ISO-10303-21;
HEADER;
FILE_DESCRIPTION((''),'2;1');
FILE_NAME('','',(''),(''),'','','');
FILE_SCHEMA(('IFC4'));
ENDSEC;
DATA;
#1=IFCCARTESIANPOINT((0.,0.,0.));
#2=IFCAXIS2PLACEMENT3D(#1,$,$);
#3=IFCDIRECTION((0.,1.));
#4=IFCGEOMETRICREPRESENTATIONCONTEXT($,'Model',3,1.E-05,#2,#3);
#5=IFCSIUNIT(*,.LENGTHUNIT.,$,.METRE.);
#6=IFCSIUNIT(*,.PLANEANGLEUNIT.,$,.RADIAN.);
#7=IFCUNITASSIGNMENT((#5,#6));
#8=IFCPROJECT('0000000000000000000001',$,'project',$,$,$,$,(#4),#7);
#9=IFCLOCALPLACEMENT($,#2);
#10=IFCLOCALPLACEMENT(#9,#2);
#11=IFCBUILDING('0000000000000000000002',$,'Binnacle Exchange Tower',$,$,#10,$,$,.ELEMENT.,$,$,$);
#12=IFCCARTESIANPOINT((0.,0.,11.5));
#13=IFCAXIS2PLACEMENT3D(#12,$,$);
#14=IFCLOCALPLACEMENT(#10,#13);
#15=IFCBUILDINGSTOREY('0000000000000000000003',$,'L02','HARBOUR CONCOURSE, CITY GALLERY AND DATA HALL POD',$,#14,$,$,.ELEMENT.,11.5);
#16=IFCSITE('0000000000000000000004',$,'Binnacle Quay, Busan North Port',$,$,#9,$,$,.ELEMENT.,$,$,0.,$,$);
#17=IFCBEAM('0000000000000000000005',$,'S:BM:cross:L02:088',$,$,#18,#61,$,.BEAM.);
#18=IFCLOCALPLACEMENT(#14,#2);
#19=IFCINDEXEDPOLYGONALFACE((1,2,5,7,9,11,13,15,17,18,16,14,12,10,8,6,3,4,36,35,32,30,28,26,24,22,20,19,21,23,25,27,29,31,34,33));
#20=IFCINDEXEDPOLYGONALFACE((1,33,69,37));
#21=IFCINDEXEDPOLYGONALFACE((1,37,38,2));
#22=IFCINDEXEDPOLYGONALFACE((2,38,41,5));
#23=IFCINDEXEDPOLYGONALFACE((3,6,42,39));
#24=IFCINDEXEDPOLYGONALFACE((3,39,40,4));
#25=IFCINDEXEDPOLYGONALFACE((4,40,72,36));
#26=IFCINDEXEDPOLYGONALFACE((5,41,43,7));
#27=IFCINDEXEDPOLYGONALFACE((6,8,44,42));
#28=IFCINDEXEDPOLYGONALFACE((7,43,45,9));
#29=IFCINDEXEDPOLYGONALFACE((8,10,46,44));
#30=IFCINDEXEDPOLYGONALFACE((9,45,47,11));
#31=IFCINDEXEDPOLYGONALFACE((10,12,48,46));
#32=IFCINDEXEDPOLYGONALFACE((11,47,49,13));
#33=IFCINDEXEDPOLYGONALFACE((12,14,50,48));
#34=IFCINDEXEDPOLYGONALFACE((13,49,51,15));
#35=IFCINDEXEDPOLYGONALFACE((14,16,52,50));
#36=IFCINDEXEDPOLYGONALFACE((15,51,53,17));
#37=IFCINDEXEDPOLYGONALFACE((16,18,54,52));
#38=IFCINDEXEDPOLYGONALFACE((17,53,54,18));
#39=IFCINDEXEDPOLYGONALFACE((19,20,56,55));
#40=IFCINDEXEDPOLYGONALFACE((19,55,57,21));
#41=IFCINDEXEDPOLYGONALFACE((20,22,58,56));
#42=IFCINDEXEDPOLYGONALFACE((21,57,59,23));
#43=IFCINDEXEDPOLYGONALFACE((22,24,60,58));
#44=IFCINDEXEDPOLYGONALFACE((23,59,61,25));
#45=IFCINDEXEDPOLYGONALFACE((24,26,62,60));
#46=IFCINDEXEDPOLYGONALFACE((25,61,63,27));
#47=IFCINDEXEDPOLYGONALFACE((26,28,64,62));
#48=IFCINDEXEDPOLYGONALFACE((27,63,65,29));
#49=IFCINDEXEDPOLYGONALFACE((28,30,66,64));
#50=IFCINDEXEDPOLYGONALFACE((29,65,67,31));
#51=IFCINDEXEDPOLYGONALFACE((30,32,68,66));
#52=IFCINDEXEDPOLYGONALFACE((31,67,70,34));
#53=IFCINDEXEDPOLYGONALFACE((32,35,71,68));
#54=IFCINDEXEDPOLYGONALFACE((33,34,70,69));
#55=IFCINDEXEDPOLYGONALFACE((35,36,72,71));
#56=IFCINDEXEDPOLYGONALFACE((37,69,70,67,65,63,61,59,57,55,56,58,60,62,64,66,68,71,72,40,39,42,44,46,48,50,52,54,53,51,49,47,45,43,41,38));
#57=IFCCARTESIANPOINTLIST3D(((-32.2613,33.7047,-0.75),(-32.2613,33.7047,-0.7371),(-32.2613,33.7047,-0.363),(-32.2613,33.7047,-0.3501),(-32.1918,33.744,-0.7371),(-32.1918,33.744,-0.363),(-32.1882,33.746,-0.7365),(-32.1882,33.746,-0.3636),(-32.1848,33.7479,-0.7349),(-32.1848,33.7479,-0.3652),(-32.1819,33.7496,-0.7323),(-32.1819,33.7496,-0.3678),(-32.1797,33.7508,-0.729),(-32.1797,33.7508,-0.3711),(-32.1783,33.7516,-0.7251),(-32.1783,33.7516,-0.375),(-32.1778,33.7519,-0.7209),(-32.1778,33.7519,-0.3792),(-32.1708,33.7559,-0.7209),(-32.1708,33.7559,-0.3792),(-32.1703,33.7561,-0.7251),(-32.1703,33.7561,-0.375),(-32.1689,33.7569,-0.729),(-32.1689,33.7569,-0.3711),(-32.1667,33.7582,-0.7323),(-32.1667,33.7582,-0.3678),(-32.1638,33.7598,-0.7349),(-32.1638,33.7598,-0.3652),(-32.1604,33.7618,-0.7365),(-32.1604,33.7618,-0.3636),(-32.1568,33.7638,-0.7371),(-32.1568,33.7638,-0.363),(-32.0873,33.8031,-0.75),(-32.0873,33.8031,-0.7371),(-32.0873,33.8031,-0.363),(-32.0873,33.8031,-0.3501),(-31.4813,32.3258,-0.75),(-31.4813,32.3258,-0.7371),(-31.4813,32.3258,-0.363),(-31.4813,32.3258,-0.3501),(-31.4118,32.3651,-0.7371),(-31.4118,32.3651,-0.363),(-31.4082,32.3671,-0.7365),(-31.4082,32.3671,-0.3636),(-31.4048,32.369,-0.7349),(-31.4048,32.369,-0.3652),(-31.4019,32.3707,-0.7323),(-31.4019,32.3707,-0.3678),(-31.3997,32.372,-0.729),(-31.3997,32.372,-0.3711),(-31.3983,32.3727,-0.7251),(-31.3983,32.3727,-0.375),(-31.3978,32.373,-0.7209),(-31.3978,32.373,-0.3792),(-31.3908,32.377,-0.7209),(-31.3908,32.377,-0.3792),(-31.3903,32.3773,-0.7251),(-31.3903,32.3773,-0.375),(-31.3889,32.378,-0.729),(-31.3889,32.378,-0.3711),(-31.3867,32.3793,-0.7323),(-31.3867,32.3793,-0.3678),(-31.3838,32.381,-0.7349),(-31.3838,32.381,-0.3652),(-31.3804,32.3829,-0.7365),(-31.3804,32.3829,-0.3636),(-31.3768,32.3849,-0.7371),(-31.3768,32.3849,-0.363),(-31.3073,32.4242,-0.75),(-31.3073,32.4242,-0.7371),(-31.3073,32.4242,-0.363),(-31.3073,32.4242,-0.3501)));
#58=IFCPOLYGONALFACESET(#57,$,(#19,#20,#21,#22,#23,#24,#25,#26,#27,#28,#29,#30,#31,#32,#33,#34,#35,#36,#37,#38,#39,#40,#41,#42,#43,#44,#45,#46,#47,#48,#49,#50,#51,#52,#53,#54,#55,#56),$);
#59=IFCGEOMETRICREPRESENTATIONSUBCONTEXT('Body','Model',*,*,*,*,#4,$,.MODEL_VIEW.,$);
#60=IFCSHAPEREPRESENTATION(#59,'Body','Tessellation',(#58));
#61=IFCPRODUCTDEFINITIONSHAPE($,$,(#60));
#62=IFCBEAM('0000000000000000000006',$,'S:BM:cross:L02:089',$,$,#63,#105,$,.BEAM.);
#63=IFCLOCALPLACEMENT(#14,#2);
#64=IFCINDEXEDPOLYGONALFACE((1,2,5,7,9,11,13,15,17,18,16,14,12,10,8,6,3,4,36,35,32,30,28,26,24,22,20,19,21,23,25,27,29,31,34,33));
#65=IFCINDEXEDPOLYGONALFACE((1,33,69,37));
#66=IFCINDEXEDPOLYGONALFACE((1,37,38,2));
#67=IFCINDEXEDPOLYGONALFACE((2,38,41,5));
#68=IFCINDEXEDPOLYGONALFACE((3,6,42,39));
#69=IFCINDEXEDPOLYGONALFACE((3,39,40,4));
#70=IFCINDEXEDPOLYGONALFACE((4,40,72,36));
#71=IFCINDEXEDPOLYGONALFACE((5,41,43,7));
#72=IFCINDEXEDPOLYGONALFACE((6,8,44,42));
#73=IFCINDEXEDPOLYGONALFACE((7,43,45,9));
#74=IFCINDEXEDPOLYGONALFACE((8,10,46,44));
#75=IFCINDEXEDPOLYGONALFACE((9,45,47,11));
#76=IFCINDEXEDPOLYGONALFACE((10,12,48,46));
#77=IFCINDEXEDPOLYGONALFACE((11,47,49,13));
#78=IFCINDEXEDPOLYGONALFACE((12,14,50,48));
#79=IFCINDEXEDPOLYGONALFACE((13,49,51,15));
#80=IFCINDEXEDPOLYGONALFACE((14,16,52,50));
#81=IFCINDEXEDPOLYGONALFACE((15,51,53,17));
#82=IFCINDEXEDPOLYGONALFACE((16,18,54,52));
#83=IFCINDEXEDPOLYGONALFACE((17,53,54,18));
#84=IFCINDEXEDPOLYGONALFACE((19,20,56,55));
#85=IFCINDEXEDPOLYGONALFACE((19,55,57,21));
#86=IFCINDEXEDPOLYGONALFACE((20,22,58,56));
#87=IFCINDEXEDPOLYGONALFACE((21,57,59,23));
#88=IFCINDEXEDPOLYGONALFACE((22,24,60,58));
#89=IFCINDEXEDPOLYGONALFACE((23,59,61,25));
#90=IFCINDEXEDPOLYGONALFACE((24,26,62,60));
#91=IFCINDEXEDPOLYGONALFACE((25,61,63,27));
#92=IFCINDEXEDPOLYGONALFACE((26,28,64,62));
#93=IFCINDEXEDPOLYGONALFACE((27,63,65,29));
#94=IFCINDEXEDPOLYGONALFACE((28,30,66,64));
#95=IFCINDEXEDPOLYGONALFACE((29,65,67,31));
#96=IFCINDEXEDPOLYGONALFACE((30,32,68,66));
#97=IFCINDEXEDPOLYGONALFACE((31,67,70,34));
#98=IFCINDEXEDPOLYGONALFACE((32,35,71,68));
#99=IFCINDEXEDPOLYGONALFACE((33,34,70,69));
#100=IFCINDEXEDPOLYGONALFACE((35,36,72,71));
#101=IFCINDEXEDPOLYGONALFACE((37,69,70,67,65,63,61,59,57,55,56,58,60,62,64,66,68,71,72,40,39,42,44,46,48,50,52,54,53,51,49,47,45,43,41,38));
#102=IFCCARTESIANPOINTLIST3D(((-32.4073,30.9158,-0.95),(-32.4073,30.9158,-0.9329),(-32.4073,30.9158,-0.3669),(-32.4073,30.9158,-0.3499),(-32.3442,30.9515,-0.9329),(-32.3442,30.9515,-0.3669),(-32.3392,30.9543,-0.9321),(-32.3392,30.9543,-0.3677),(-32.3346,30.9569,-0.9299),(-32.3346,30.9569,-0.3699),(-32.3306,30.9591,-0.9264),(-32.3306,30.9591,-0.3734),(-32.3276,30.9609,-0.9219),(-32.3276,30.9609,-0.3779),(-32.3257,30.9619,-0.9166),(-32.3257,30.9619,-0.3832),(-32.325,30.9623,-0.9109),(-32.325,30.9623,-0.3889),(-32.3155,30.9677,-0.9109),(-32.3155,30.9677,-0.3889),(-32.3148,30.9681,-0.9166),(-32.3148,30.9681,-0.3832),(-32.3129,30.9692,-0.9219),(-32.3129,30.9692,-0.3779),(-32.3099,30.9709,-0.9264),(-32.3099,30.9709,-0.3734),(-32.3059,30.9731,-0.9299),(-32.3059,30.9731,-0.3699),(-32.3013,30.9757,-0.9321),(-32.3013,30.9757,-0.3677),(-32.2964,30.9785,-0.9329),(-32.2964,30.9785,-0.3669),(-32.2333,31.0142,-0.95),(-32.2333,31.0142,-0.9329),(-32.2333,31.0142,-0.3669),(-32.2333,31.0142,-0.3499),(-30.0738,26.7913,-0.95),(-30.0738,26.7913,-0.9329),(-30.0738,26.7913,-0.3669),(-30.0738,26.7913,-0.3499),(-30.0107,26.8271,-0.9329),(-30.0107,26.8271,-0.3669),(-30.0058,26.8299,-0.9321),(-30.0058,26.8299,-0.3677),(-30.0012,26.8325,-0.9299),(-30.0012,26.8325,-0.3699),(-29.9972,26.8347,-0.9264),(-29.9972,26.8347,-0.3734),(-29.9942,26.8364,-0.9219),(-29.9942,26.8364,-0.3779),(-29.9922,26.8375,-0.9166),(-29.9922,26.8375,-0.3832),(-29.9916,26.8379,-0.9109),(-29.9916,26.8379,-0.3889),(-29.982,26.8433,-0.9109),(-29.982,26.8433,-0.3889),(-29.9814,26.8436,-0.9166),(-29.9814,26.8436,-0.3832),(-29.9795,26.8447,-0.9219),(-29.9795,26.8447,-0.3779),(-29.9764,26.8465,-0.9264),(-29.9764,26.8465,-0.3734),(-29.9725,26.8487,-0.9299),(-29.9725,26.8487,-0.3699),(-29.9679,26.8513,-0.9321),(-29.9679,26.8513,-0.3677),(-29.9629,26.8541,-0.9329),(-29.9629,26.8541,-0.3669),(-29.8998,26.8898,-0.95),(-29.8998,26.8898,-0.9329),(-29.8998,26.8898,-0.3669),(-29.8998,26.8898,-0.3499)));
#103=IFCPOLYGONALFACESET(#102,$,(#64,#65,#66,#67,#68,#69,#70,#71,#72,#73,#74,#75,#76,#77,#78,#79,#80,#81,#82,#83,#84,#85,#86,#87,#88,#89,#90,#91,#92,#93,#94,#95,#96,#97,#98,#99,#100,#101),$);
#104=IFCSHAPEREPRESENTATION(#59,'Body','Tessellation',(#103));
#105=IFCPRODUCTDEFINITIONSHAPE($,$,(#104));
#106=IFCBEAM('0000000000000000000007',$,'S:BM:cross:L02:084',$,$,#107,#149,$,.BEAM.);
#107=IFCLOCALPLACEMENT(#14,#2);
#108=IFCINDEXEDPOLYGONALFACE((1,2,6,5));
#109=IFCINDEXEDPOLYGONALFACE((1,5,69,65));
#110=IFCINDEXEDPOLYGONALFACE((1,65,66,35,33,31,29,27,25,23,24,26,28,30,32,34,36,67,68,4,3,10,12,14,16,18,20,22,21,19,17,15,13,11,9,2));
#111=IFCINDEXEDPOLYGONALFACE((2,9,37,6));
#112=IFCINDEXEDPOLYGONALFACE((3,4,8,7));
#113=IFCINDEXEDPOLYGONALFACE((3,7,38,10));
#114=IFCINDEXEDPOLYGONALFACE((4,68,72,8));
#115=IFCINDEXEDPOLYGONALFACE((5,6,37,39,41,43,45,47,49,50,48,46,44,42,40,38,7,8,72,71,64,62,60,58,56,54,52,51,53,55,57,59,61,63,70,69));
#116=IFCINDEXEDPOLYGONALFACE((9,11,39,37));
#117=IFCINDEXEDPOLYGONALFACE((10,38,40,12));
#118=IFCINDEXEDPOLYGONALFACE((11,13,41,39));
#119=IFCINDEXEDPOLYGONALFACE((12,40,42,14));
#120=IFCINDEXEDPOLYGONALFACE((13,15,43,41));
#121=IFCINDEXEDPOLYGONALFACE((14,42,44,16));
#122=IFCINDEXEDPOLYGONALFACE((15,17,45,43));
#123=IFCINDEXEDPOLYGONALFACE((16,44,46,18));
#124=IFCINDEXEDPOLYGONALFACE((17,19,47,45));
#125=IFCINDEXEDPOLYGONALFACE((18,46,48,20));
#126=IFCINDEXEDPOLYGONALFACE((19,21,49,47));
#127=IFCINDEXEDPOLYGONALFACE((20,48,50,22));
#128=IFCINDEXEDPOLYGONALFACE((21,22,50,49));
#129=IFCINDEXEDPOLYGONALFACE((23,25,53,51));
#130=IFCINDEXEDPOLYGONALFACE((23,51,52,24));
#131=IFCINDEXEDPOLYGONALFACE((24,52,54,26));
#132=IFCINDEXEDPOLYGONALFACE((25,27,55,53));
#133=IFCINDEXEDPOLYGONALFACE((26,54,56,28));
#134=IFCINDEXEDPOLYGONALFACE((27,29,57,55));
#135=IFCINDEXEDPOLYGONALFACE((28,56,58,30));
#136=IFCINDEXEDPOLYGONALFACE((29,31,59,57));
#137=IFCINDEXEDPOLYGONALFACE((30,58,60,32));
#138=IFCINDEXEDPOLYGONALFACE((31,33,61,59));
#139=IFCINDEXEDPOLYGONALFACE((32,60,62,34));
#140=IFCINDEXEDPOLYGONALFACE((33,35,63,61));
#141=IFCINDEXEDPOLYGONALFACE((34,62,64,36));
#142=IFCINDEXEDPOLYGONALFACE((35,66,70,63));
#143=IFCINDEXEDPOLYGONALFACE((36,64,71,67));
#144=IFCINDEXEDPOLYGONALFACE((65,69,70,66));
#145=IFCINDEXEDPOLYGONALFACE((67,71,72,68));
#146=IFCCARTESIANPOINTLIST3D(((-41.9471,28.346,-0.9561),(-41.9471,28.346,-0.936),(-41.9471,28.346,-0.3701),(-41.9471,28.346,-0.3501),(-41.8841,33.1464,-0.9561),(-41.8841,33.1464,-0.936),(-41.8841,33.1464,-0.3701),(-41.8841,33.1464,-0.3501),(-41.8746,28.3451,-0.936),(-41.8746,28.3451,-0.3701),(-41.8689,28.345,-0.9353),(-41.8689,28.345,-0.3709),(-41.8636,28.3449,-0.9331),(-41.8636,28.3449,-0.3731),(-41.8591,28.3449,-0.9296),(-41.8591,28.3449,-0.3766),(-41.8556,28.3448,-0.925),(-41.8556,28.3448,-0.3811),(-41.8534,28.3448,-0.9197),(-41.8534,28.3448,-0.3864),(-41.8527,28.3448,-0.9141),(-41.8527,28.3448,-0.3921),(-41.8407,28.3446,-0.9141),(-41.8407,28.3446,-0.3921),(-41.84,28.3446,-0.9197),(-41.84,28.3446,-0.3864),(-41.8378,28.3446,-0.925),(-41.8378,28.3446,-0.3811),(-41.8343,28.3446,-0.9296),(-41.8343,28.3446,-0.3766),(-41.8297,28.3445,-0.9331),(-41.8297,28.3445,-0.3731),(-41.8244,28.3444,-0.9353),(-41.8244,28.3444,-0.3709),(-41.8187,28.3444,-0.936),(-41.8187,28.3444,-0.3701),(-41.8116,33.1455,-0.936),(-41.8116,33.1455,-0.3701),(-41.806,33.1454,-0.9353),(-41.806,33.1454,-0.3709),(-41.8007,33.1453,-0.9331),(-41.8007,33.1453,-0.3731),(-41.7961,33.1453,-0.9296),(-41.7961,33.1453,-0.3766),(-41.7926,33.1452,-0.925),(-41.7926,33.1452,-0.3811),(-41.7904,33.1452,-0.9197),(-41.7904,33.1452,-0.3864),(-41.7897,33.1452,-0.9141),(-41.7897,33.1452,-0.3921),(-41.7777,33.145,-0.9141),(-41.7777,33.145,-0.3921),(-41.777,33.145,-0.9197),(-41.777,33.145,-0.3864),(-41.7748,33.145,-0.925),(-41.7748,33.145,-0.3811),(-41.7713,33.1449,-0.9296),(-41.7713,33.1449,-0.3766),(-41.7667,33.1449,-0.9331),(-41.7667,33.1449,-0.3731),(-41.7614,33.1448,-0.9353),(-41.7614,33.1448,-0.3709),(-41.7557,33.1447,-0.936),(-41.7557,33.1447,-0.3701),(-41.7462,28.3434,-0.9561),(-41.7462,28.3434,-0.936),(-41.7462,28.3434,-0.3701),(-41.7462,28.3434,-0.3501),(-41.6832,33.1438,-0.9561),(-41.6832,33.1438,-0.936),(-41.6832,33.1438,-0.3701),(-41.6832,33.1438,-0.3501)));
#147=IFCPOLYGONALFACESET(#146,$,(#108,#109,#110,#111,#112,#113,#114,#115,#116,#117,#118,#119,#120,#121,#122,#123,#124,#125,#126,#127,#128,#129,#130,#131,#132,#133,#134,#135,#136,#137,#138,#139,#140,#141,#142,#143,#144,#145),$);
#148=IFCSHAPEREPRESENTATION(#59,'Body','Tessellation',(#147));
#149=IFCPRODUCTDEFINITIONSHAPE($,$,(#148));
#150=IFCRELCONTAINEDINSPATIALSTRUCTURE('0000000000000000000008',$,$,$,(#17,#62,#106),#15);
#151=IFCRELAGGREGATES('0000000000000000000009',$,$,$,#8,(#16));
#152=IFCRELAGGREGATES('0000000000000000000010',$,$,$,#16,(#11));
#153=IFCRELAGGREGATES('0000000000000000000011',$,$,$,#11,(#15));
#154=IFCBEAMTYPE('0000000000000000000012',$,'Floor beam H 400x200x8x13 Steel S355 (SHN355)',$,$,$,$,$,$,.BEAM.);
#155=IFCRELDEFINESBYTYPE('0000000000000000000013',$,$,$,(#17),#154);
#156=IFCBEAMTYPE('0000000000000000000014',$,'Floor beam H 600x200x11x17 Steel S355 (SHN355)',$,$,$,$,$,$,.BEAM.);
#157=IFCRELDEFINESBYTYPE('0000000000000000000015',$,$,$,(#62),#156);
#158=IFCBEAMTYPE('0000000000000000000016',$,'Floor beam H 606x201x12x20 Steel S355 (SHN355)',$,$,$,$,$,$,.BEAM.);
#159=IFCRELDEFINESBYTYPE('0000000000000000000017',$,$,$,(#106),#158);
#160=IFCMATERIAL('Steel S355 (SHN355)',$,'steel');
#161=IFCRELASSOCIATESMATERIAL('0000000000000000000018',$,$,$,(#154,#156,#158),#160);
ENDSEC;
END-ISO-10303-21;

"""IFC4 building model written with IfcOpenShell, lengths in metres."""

from ifc_helpers import new_model, si_unit, direction, frame, origin, origin_2d, place, context, subcontext, project, spatial, i_section, extrude, material, material_profile, profile_set, type_object, element, save


model = new_model("IFC4")

# Units and contexts
model_context = context("Model", 3, precision=1e-05, world=origin(), true_north=direction((0.0, 1.0)))
body_context = subcontext(model_context, "Body", "Model", "MODEL_VIEW")
ifc_project = project(units=[si_unit("LENGTHUNIT", "METRE"), si_unit("PLANEANGLEUNIT", "RADIAN")], contexts=[model_context])

# Site, building, storey
site_placement = place(None, origin())
site = spatial("IfcSite", under=ifc_project, at=site_placement, Name="Binnacle Quay, Busan North Port", CompositionType="ELEMENT", RefElevation=0.0)
building_placement = place(site_placement, origin())
building = spatial("IfcBuilding", under=site, at=building_placement, Name="Binnacle Exchange Tower", CompositionType="ELEMENT")
storey_placement = place(building_placement, frame((0.0, 0.0, 11.5)))
storey = spatial("IfcBuildingStorey", under=building, at=storey_placement, Name="L02", Description="HARBOUR CONCOURSE, CITY GALLERY AND DATA HALL POD", CompositionType="ELEMENT", Elevation=11.5)

# Beams
ifc_material_1 = material(Name="Steel S355 (SHN355)", Category="steel")
ifc_material_profile_1 = material_profile(ifc_material_1, i_section(OverallWidth=0.2, OverallDepth=0.3999, WebThickness=0.0081, FlangeThickness=0.0129, FilletRadius=0.0161, at=origin_2d()), Name="H 400x200x8x13")
ifc_profile_set_1 = profile_set([ifc_material_profile_1], Name="Steel S355 (SHN355)")
beam_type_1 = type_object("IfcBeamType", Name="Floor beam H 400x200x8x13 Steel S355 (SHN355)", PredefinedType="BEAM", material=ifc_profile_set_1)
beam_1_placement = place(storey_placement, frame((-31.3943, 32.375, -0.55), z_axis=(-0.492367, 0.870388, 0.0), x_axis=(-0.870388, -0.492367, 0.0)))
element("IfcBeam", 1, at=beam_1_placement, inside=storey, type_object=beam_type_1, Name="S:BM:cross:L02:088", PredefinedType="BEAM", context=body_context, shape_type="SweptSolid", body=[
    extrude(i_section(OverallWidth=0.2, OverallDepth=0.3999, WebThickness=0.0081, FlangeThickness=0.0129, FilletRadius=0.0161, at=origin_2d()), origin(), (0.0, 0.0, 1.0), 1.5842),
])
ifc_material_profile_2 = material_profile(ifc_material_1, i_section(OverallWidth=0.2, OverallDepth=0.6001, WebThickness=0.011, FlangeThickness=0.0171, FilletRadius=0.022, at=origin_2d()), Name="H 600x200x11x17")
ifc_profile_set_2 = profile_set([ifc_material_profile_2], Name="Steel S355 (SHN355)")
beam_type_2 = type_object("IfcBeamType", Name="Floor beam H 600x200x11x17 Steel S355 (SHN355)", PredefinedType="BEAM", material=ifc_profile_set_2)
beam_2_placement = place(storey_placement, frame((-29.9868, 26.8406, -0.6499), z_axis=(-0.492417, 0.870359, 0.0), x_axis=(-0.870359, -0.492417, 0.0)))
element("IfcBeam", 2, at=beam_2_placement, inside=storey, type_object=beam_type_2, Name="S:BM:cross:L02:089", PredefinedType="BEAM", context=body_context, shape_type="SweptSolid", body=[
    extrude(i_section(OverallWidth=0.2, OverallDepth=0.6001, WebThickness=0.011, FlangeThickness=0.0171, FilletRadius=0.022, at=origin_2d()), origin(), (0.0, 0.0, 1.0), 4.7388),
])
ifc_material_profile_3 = material_profile(ifc_material_1, i_section(OverallWidth=0.2009, OverallDepth=0.606, WebThickness=0.012, FlangeThickness=0.02, FilletRadius=0.022, at=origin_2d()), Name="H 606x201x12x20")
ifc_profile_set_3 = profile_set([ifc_material_profile_3], Name="Steel S355 (SHN355)")
beam_type_3 = type_object("IfcBeamType", Name="Floor beam H 606x201x12x20 Steel S355 (SHN355)", PredefinedType="BEAM", material=ifc_profile_set_3)
beam_3_placement = place(storey_placement, frame((-41.8467, 28.3447, -0.6531), z_axis=(0.013121, 0.999914, 0.0), x_axis=(-0.999914, 0.013121, 0.0)))
element("IfcBeam", 3, at=beam_3_placement, inside=storey, type_object=beam_type_3, Name="S:BM:cross:L02:084", PredefinedType="BEAM", context=body_context, shape_type="SweptSolid", body=[
    extrude(i_section(OverallWidth=0.2009, OverallDepth=0.606, WebThickness=0.012, FlangeThickness=0.02, FilletRadius=0.022, at=origin_2d()), origin(), (0.0, 0.0, 1.0), 4.8008),
])

save(model, "model.ifc")
